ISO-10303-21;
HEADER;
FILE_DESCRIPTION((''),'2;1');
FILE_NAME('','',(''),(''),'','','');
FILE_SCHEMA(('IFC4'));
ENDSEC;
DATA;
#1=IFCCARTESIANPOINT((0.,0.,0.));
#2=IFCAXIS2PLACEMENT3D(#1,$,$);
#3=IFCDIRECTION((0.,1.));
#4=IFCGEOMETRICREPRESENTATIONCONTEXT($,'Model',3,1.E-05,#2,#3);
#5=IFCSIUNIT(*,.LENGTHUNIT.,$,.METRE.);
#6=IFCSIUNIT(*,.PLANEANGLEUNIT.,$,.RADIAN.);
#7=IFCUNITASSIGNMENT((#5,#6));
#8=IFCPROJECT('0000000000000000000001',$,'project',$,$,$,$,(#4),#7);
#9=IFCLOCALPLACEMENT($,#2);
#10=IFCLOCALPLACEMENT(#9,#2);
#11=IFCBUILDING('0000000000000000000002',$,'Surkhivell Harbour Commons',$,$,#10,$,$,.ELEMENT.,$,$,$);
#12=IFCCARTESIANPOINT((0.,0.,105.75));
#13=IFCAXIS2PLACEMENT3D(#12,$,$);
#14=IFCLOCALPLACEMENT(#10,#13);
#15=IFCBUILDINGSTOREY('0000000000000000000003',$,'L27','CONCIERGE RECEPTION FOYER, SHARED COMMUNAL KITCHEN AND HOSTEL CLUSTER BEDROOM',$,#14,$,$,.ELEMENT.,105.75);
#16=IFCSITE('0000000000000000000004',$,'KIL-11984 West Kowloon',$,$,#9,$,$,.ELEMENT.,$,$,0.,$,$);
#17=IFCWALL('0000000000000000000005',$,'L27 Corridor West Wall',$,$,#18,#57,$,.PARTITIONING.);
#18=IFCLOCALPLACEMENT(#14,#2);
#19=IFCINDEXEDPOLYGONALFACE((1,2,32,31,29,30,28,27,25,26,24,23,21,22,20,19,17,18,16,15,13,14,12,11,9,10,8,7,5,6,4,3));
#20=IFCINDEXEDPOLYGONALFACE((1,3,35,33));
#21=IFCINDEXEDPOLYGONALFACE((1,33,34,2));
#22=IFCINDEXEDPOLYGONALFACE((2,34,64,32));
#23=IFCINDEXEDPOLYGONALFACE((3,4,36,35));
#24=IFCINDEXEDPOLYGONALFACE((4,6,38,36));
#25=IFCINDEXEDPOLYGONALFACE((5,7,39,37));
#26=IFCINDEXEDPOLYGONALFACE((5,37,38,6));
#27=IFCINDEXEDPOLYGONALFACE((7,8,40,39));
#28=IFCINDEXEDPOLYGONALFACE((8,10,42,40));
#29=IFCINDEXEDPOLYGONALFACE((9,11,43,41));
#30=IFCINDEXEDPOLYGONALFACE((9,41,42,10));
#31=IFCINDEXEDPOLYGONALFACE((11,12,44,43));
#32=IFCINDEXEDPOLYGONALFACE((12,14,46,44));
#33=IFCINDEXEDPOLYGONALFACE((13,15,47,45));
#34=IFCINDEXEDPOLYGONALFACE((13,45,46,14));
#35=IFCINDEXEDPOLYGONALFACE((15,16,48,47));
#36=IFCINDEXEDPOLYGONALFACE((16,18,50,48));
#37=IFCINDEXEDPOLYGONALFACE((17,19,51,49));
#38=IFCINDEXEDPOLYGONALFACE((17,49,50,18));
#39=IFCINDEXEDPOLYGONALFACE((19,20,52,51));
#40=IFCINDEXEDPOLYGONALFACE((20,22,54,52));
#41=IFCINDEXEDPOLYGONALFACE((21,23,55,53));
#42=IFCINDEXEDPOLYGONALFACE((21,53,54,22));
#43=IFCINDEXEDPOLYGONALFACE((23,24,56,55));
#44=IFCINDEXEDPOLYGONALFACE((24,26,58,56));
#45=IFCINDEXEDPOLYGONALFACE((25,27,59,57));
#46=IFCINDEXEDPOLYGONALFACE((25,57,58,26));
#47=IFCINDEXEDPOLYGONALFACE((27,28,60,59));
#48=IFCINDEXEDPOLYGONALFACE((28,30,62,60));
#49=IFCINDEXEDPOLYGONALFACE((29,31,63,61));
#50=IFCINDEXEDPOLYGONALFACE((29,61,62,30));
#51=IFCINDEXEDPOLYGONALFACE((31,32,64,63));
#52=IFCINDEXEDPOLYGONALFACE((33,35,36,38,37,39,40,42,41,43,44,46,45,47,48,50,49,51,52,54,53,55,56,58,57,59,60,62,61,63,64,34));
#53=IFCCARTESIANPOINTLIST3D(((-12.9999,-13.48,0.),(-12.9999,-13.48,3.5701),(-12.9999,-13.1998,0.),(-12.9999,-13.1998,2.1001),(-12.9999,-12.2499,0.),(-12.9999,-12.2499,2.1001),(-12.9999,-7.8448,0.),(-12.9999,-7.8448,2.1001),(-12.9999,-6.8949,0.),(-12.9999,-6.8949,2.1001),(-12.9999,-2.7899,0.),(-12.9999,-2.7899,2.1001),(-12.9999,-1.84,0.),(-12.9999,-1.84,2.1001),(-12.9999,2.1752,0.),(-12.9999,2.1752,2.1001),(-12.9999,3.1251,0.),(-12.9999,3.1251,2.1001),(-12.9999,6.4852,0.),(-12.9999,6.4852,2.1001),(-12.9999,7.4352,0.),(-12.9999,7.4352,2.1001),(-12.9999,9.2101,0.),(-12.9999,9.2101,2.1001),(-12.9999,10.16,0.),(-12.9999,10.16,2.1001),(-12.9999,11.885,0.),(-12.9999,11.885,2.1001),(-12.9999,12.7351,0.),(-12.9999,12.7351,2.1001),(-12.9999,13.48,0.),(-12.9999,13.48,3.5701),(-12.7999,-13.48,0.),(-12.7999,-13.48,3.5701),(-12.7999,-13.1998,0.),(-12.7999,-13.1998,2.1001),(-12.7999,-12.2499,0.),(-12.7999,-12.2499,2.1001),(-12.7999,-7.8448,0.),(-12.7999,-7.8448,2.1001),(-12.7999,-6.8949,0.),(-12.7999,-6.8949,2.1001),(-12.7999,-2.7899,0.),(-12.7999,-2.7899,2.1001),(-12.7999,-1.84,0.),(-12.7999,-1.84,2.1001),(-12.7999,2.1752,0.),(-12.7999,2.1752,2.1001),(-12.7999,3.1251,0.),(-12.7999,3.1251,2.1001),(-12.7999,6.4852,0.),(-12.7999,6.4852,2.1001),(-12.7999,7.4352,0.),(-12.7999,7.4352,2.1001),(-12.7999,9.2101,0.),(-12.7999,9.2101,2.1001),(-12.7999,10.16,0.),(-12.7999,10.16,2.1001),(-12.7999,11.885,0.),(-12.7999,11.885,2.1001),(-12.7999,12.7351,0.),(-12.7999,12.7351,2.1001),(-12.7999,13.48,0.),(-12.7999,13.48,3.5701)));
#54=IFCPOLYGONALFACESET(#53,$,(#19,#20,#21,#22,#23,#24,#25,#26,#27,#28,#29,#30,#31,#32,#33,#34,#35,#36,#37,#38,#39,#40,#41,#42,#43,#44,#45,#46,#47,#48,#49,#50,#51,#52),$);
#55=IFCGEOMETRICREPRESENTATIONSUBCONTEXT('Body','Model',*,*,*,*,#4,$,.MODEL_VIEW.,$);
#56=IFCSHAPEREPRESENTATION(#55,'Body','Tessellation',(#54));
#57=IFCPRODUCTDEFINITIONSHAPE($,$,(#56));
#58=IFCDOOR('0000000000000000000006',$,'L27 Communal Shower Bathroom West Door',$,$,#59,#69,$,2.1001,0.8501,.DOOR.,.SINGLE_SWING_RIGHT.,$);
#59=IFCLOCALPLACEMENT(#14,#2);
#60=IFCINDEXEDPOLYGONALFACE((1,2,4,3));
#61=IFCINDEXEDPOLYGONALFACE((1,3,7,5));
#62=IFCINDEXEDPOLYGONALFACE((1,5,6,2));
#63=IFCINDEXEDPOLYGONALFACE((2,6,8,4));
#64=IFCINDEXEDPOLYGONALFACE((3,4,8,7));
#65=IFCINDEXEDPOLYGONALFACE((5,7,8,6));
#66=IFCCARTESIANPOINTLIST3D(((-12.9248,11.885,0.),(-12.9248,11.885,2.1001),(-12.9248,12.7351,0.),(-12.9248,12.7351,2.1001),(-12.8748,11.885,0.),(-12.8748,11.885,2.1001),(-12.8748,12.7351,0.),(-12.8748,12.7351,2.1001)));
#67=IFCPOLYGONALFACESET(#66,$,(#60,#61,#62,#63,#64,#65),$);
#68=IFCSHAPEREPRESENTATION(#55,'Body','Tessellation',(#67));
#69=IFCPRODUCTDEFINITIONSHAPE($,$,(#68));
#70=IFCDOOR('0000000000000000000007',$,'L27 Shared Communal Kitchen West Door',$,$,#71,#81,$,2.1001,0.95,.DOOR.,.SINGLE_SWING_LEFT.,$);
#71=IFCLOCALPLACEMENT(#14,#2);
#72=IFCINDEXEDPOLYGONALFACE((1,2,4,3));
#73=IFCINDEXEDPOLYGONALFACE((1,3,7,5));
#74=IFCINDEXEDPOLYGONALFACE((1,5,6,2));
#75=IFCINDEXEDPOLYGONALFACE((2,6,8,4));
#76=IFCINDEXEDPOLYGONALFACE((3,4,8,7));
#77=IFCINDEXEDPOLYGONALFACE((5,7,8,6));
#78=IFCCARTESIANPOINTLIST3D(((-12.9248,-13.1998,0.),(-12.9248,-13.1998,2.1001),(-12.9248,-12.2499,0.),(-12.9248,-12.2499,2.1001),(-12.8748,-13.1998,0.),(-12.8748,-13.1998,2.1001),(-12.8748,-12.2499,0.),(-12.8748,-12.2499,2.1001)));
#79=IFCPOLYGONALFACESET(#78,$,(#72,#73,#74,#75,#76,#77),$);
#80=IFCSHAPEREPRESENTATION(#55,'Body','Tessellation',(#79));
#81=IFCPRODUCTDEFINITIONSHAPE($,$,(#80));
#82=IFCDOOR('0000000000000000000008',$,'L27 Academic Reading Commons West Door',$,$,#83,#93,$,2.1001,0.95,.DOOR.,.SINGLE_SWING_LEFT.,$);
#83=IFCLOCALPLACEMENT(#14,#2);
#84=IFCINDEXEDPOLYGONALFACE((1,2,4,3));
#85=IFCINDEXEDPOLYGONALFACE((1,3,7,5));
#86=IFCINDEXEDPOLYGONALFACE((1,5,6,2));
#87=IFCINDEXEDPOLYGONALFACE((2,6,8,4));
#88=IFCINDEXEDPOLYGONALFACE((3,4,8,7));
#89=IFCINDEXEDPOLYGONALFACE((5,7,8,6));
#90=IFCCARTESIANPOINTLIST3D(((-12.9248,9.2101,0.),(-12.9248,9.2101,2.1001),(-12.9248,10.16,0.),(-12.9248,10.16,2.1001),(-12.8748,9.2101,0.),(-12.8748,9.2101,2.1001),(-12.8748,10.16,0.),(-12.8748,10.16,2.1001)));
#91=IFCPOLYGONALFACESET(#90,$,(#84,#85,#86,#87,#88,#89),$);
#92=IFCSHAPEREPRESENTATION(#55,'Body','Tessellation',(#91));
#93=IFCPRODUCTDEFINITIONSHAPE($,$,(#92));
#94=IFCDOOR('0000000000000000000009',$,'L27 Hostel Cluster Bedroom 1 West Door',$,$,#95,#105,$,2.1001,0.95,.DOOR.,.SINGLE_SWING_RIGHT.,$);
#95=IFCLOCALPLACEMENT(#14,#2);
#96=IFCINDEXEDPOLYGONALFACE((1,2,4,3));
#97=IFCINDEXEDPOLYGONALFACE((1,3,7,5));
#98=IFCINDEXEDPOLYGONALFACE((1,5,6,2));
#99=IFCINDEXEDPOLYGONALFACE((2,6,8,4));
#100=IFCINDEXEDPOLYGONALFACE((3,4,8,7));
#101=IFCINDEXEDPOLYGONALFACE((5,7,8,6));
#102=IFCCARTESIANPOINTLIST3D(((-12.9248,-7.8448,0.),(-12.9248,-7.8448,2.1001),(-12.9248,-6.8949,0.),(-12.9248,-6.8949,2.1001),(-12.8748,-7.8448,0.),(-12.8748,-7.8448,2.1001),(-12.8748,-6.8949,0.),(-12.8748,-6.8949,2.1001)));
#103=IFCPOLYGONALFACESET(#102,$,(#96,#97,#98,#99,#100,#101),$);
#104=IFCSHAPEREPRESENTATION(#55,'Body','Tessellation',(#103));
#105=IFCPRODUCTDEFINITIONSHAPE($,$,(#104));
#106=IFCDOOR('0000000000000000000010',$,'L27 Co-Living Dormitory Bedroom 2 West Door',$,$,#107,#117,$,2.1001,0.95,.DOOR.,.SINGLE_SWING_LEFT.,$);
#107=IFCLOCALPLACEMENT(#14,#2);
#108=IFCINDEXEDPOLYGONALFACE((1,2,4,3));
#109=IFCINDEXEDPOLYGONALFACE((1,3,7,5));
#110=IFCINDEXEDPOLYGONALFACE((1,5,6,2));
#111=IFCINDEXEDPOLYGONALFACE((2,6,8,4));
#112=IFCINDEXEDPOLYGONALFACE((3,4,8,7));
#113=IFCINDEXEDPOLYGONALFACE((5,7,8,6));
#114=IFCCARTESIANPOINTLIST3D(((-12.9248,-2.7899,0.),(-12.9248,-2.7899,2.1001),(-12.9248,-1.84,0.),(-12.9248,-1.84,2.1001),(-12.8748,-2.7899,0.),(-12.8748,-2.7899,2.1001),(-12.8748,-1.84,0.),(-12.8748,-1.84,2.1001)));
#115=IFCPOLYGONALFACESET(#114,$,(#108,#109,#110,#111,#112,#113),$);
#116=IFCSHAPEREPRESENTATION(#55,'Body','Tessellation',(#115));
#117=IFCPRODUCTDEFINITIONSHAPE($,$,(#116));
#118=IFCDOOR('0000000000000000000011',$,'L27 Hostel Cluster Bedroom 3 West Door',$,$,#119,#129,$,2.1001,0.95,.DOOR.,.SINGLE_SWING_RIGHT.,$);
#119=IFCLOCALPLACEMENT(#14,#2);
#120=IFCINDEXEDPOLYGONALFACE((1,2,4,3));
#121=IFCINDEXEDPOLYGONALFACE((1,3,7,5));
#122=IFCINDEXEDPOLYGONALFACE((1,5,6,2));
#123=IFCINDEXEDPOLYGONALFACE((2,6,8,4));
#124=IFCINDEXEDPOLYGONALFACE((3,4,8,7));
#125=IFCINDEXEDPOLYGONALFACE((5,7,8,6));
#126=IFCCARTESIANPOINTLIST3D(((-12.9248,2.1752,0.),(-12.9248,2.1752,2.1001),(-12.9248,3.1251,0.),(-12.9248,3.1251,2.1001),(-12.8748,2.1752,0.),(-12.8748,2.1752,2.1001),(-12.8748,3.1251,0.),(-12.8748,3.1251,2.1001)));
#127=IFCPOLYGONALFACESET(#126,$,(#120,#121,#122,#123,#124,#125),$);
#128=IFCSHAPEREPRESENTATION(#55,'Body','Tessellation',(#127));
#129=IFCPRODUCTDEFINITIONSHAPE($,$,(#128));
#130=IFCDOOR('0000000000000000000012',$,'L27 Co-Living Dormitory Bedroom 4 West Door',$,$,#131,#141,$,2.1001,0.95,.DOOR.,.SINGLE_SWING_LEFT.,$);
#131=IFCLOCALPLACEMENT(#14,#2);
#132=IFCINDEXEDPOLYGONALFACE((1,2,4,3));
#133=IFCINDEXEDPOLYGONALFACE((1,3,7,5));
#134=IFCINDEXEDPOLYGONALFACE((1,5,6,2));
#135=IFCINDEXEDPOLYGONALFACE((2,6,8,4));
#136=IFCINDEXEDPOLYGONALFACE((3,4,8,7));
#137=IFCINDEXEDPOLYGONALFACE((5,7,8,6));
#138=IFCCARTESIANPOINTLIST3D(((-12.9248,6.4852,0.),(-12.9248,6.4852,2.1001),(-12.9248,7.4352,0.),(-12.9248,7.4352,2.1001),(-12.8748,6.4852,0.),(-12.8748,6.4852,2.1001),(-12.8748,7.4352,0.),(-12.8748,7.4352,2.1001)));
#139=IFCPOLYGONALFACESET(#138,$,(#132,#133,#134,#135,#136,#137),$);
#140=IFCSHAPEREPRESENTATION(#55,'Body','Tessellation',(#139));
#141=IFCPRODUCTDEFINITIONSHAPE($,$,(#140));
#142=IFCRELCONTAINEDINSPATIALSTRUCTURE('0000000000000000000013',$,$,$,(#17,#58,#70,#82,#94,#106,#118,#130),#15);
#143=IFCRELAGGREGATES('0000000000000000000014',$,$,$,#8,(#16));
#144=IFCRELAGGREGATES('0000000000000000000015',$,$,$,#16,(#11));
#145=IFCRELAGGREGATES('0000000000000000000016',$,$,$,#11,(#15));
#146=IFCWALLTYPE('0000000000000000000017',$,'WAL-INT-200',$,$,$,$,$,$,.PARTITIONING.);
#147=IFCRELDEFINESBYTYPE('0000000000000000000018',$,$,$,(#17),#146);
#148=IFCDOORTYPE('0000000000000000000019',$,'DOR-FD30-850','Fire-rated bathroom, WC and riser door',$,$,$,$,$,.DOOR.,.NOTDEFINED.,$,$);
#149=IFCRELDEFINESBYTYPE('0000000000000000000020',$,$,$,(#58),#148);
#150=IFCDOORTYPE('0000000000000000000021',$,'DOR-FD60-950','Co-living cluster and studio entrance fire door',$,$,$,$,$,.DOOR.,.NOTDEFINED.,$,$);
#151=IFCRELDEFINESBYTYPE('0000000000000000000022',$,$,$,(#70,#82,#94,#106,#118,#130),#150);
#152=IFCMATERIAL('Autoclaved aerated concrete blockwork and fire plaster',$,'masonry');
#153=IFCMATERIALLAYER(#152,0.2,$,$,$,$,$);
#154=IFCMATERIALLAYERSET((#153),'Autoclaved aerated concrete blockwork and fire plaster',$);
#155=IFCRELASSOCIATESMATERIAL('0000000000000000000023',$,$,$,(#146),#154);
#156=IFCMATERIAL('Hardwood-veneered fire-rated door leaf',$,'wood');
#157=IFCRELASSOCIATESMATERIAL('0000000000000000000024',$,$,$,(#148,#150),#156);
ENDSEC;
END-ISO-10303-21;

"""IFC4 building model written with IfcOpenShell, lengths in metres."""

from ifc_helpers import new_model, si_unit, direction, frame, frame_2d, origin, place, context, subcontext, project, spatial, rectangle, extrude, material, layer, layer_set, type_object, element, fill, save


model = new_model("IFC4")

# Units and contexts
model_context = context("Model", 3, precision=1e-05, world=origin(), true_north=direction((0.0, 1.0)))
body_context = subcontext(model_context, "Body", "Model", "MODEL_VIEW")
ifc_project = project(units=[si_unit("LENGTHUNIT", "METRE"), si_unit("PLANEANGLEUNIT", "RADIAN")], contexts=[model_context])

# Site, building, storey
site_placement = place(None, origin())
site = spatial("IfcSite", under=ifc_project, at=site_placement, Name="KIL-11984 West Kowloon", CompositionType="ELEMENT", RefElevation=0.0)
building_placement = place(site_placement, origin())
building = spatial("IfcBuilding", under=site, at=building_placement, Name="Surkhivell Harbour Commons", CompositionType="ELEMENT")
storey_placement = place(building_placement, frame((0.0, 0.0, 105.75)))
storey = spatial("IfcBuildingStorey", under=building, at=storey_placement, Name="L27", Description="CONCIERGE RECEPTION FOYER, SHARED COMMUNAL KITCHEN AND HOSTEL CLUSTER BEDROOM", CompositionType="ELEMENT", Elevation=105.75)

# Wall, openings, doors
ifc_material_1 = material(Name="Autoclaved aerated concrete blockwork and fire plaster", Category="masonry")
ifc_layer_1 = layer(ifc_material_1, 0.2)
ifc_layer_set_1 = layer_set([ifc_layer_1], Name="Autoclaved aerated concrete blockwork and fire plaster")
wall_type_1 = type_object("IfcWallType", Name="WAL-INT-200", PredefinedType="PARTITIONING", material=ifc_layer_set_1)
ifc_material_2 = material(Name="Hardwood-veneered fire-rated door leaf", Category="wood")
door_type_1 = type_object("IfcDoorType", Name="DOR-FD30-850", Description="Fire-rated bathroom, WC and riser door", OperationType="NOTDEFINED", PredefinedType="DOOR", material=ifc_material_2)
door_type_2 = type_object("IfcDoorType", Name="DOR-FD60-950", Description="Co-living cluster and studio entrance fire door", OperationType="NOTDEFINED", PredefinedType="DOOR", material=ifc_material_2)
wall_1_placement = place(storey_placement, frame((-12.8999, -13.48, 0.0), z_axis=(0.0, 0.0, 1.0), x_axis=(0.0, 1.0, 0.0)))
wall_1 = element("IfcWall", 1, at=wall_1_placement, inside=storey, type_object=wall_type_1, Name="L27 Corridor West Wall", PredefinedType="PARTITIONING", context=body_context, shape_type="SweptSolid", body=[
    extrude(rectangle(XDim=26.96, YDim=0.2, at=frame_2d((13.48, 0.0))), origin(), (0.0, 0.0, 1.0), 3.5701),
])
opening_1_placement = place(wall_1_placement, frame((0.28, 0.0, 0.0)))
opening_1 = element("IfcOpeningElement", 2, at=opening_1_placement, cuts=wall_1, PredefinedType="OPENING", context=body_context, shape_type="SweptSolid", body=[
    extrude(rectangle(XDim=0.95, YDim=2.1001, at=frame_2d((0.4751, 1.05))), frame((0.0, 0.1099, 0.0), z_axis=(0.0, -1.0, 0.0), x_axis=(1.0, 0.0, 0.0)), (0.0, 0.0, 1.0), 0.22),
])
opening_2_placement = place(wall_1_placement, frame((25.365, 0.0, 0.0)))
opening_2 = element("IfcOpeningElement", 3, at=opening_2_placement, cuts=wall_1, PredefinedType="OPENING", context=body_context, shape_type="SweptSolid", body=[
    extrude(rectangle(XDim=0.8501, YDim=2.1001, at=frame_2d((0.425, 1.05))), frame((0.0, 0.1099, 0.0), z_axis=(0.0, -1.0, 0.0), x_axis=(1.0, 0.0, 0.0)), (0.0, 0.0, 1.0), 0.22),
])
opening_3_placement = place(wall_1_placement, frame((22.6899, 0.0, 0.0)))
opening_3 = element("IfcOpeningElement", 4, at=opening_3_placement, cuts=wall_1, PredefinedType="OPENING", context=body_context, shape_type="SweptSolid", body=[
    extrude(rectangle(XDim=0.95, YDim=2.1001, at=frame_2d((0.4751, 1.05))), frame((0.0, 0.1099, 0.0), z_axis=(0.0, -1.0, 0.0), x_axis=(1.0, 0.0, 0.0)), (0.0, 0.0, 1.0), 0.22),
])
opening_4_placement = place(wall_1_placement, frame((5.635, 0.0, 0.0)))
opening_4 = element("IfcOpeningElement", 5, at=opening_4_placement, cuts=wall_1, PredefinedType="OPENING", context=body_context, shape_type="SweptSolid", body=[
    extrude(rectangle(XDim=0.95, YDim=2.1001, at=frame_2d((0.4751, 1.05))), frame((0.0, 0.1099, 0.0), z_axis=(0.0, -1.0, 0.0), x_axis=(1.0, 0.0, 0.0)), (0.0, 0.0, 1.0), 0.22),
])
opening_5_placement = place(wall_1_placement, frame((10.6899, 0.0, 0.0)))
opening_5 = element("IfcOpeningElement", 6, at=opening_5_placement, cuts=wall_1, PredefinedType="OPENING", context=body_context, shape_type="SweptSolid", body=[
    extrude(rectangle(XDim=0.95, YDim=2.1001, at=frame_2d((0.4751, 1.05))), frame((0.0, 0.1099, 0.0), z_axis=(0.0, -1.0, 0.0), x_axis=(1.0, 0.0, 0.0)), (0.0, 0.0, 1.0), 0.22),
])
opening_6_placement = place(wall_1_placement, frame((15.655, 0.0, 0.0)))
opening_6 = element("IfcOpeningElement", 7, at=opening_6_placement, cuts=wall_1, PredefinedType="OPENING", context=body_context, shape_type="SweptSolid", body=[
    extrude(rectangle(XDim=0.95, YDim=2.1001, at=frame_2d((0.4751, 1.05))), frame((0.0, 0.1099, 0.0), z_axis=(0.0, -1.0, 0.0), x_axis=(1.0, 0.0, 0.0)), (0.0, 0.0, 1.0), 0.22),
])
opening_7_placement = place(wall_1_placement, frame((19.9651, 0.0, 0.0)))
opening_7 = element("IfcOpeningElement", 8, at=opening_7_placement, cuts=wall_1, PredefinedType="OPENING", context=body_context, shape_type="SweptSolid", body=[
    extrude(rectangle(XDim=0.95, YDim=2.1001, at=frame_2d((0.4751, 1.05))), frame((0.0, 0.1099, 0.0), z_axis=(0.0, -1.0, 0.0), x_axis=(1.0, 0.0, 0.0)), (0.0, 0.0, 1.0), 0.22),
])
door_1_placement = place(opening_2_placement, origin())
door_1 = element("IfcDoor", 9, at=door_1_placement, inside=storey, type_object=door_type_1, Name="L27 Communal Shower Bathroom West Door", OperationType="SINGLE_SWING_RIGHT", OverallHeight=2.1001, OverallWidth=0.8501, PredefinedType="DOOR", context=body_context, shape_type="SweptSolid", body=[
    extrude(rectangle(XDim=0.8501, YDim=2.1001, at=frame_2d((0.425, 1.05))), frame((0.0, 0.0249, 0.0), z_axis=(0.0, -1.0, 0.0), x_axis=(1.0, 0.0, 0.0)), (0.0, 0.0, 1.0), 0.05),
])
fill(opening_2, door_1)
door_2_placement = place(opening_1_placement, origin())
door_2 = element("IfcDoor", 10, at=door_2_placement, inside=storey, type_object=door_type_2, Name="L27 Shared Communal Kitchen West Door", OperationType="SINGLE_SWING_LEFT", OverallHeight=2.1001, OverallWidth=0.95, PredefinedType="DOOR", context=body_context, shape_type="SweptSolid", body=[
    extrude(rectangle(XDim=0.95, YDim=2.1001, at=frame_2d((0.4751, 1.05))), frame((0.0, 0.0249, 0.0), z_axis=(0.0, -1.0, 0.0), x_axis=(1.0, 0.0, 0.0)), (0.0, 0.0, 1.0), 0.05),
])
fill(opening_1, door_2)
door_3_placement = place(opening_3_placement, origin())
door_3 = element("IfcDoor", 11, at=door_3_placement, inside=storey, type_object=door_type_2, Name="L27 Academic Reading Commons West Door", OperationType="SINGLE_SWING_LEFT", OverallHeight=2.1001, OverallWidth=0.95, PredefinedType="DOOR", context=body_context, shape_type="SweptSolid", body=[
    extrude(rectangle(XDim=0.95, YDim=2.1001, at=frame_2d((0.4751, 1.05))), frame((0.0, 0.0249, 0.0), z_axis=(0.0, -1.0, 0.0), x_axis=(1.0, 0.0, 0.0)), (0.0, 0.0, 1.0), 0.05),
])
fill(opening_3, door_3)
door_4_placement = place(opening_4_placement, origin())
door_4 = element("IfcDoor", 12, at=door_4_placement, inside=storey, type_object=door_type_2, Name="L27 Hostel Cluster Bedroom 1 West Door", OperationType="SINGLE_SWING_RIGHT", OverallHeight=2.1001, OverallWidth=0.95, PredefinedType="DOOR", context=body_context, shape_type="SweptSolid", body=[
    extrude(rectangle(XDim=0.95, YDim=2.1001, at=frame_2d((0.4751, 1.05))), frame((0.0, 0.0249, 0.0), z_axis=(0.0, -1.0, 0.0), x_axis=(1.0, 0.0, 0.0)), (0.0, 0.0, 1.0), 0.05),
])
fill(opening_4, door_4)
door_5_placement = place(opening_5_placement, origin())
door_5 = element("IfcDoor", 13, at=door_5_placement, inside=storey, type_object=door_type_2, Name="L27 Co-Living Dormitory Bedroom 2 West Door", OperationType="SINGLE_SWING_LEFT", OverallHeight=2.1001, OverallWidth=0.95, PredefinedType="DOOR", context=body_context, shape_type="SweptSolid", body=[
    extrude(rectangle(XDim=0.95, YDim=2.1001, at=frame_2d((0.4751, 1.05))), frame((0.0, 0.0249, 0.0), z_axis=(0.0, -1.0, 0.0), x_axis=(1.0, 0.0, 0.0)), (0.0, 0.0, 1.0), 0.05),
])
fill(opening_5, door_5)
door_6_placement = place(opening_6_placement, origin())
door_6 = element("IfcDoor", 14, at=door_6_placement, inside=storey, type_object=door_type_2, Name="L27 Hostel Cluster Bedroom 3 West Door", OperationType="SINGLE_SWING_RIGHT", OverallHeight=2.1001, OverallWidth=0.95, PredefinedType="DOOR", context=body_context, shape_type="SweptSolid", body=[
    extrude(rectangle(XDim=0.95, YDim=2.1001, at=frame_2d((0.4751, 1.05))), frame((0.0, 0.0249, 0.0), z_axis=(0.0, -1.0, 0.0), x_axis=(1.0, 0.0, 0.0)), (0.0, 0.0, 1.0), 0.05),
])
fill(opening_6, door_6)
door_7_placement = place(opening_7_placement, origin())
door_7 = element("IfcDoor", 15, at=door_7_placement, inside=storey, type_object=door_type_2, Name="L27 Co-Living Dormitory Bedroom 4 West Door", OperationType="SINGLE_SWING_LEFT", OverallHeight=2.1001, OverallWidth=0.95, PredefinedType="DOOR", context=body_context, shape_type="SweptSolid", body=[
    extrude(rectangle(XDim=0.95, YDim=2.1001, at=frame_2d((0.4751, 1.05))), frame((0.0, 0.0249, 0.0), z_axis=(0.0, -1.0, 0.0), x_axis=(1.0, 0.0, 0.0)), (0.0, 0.0, 1.0), 0.05),
])
fill(opening_7, door_7)

save(model, "model.ifc")
